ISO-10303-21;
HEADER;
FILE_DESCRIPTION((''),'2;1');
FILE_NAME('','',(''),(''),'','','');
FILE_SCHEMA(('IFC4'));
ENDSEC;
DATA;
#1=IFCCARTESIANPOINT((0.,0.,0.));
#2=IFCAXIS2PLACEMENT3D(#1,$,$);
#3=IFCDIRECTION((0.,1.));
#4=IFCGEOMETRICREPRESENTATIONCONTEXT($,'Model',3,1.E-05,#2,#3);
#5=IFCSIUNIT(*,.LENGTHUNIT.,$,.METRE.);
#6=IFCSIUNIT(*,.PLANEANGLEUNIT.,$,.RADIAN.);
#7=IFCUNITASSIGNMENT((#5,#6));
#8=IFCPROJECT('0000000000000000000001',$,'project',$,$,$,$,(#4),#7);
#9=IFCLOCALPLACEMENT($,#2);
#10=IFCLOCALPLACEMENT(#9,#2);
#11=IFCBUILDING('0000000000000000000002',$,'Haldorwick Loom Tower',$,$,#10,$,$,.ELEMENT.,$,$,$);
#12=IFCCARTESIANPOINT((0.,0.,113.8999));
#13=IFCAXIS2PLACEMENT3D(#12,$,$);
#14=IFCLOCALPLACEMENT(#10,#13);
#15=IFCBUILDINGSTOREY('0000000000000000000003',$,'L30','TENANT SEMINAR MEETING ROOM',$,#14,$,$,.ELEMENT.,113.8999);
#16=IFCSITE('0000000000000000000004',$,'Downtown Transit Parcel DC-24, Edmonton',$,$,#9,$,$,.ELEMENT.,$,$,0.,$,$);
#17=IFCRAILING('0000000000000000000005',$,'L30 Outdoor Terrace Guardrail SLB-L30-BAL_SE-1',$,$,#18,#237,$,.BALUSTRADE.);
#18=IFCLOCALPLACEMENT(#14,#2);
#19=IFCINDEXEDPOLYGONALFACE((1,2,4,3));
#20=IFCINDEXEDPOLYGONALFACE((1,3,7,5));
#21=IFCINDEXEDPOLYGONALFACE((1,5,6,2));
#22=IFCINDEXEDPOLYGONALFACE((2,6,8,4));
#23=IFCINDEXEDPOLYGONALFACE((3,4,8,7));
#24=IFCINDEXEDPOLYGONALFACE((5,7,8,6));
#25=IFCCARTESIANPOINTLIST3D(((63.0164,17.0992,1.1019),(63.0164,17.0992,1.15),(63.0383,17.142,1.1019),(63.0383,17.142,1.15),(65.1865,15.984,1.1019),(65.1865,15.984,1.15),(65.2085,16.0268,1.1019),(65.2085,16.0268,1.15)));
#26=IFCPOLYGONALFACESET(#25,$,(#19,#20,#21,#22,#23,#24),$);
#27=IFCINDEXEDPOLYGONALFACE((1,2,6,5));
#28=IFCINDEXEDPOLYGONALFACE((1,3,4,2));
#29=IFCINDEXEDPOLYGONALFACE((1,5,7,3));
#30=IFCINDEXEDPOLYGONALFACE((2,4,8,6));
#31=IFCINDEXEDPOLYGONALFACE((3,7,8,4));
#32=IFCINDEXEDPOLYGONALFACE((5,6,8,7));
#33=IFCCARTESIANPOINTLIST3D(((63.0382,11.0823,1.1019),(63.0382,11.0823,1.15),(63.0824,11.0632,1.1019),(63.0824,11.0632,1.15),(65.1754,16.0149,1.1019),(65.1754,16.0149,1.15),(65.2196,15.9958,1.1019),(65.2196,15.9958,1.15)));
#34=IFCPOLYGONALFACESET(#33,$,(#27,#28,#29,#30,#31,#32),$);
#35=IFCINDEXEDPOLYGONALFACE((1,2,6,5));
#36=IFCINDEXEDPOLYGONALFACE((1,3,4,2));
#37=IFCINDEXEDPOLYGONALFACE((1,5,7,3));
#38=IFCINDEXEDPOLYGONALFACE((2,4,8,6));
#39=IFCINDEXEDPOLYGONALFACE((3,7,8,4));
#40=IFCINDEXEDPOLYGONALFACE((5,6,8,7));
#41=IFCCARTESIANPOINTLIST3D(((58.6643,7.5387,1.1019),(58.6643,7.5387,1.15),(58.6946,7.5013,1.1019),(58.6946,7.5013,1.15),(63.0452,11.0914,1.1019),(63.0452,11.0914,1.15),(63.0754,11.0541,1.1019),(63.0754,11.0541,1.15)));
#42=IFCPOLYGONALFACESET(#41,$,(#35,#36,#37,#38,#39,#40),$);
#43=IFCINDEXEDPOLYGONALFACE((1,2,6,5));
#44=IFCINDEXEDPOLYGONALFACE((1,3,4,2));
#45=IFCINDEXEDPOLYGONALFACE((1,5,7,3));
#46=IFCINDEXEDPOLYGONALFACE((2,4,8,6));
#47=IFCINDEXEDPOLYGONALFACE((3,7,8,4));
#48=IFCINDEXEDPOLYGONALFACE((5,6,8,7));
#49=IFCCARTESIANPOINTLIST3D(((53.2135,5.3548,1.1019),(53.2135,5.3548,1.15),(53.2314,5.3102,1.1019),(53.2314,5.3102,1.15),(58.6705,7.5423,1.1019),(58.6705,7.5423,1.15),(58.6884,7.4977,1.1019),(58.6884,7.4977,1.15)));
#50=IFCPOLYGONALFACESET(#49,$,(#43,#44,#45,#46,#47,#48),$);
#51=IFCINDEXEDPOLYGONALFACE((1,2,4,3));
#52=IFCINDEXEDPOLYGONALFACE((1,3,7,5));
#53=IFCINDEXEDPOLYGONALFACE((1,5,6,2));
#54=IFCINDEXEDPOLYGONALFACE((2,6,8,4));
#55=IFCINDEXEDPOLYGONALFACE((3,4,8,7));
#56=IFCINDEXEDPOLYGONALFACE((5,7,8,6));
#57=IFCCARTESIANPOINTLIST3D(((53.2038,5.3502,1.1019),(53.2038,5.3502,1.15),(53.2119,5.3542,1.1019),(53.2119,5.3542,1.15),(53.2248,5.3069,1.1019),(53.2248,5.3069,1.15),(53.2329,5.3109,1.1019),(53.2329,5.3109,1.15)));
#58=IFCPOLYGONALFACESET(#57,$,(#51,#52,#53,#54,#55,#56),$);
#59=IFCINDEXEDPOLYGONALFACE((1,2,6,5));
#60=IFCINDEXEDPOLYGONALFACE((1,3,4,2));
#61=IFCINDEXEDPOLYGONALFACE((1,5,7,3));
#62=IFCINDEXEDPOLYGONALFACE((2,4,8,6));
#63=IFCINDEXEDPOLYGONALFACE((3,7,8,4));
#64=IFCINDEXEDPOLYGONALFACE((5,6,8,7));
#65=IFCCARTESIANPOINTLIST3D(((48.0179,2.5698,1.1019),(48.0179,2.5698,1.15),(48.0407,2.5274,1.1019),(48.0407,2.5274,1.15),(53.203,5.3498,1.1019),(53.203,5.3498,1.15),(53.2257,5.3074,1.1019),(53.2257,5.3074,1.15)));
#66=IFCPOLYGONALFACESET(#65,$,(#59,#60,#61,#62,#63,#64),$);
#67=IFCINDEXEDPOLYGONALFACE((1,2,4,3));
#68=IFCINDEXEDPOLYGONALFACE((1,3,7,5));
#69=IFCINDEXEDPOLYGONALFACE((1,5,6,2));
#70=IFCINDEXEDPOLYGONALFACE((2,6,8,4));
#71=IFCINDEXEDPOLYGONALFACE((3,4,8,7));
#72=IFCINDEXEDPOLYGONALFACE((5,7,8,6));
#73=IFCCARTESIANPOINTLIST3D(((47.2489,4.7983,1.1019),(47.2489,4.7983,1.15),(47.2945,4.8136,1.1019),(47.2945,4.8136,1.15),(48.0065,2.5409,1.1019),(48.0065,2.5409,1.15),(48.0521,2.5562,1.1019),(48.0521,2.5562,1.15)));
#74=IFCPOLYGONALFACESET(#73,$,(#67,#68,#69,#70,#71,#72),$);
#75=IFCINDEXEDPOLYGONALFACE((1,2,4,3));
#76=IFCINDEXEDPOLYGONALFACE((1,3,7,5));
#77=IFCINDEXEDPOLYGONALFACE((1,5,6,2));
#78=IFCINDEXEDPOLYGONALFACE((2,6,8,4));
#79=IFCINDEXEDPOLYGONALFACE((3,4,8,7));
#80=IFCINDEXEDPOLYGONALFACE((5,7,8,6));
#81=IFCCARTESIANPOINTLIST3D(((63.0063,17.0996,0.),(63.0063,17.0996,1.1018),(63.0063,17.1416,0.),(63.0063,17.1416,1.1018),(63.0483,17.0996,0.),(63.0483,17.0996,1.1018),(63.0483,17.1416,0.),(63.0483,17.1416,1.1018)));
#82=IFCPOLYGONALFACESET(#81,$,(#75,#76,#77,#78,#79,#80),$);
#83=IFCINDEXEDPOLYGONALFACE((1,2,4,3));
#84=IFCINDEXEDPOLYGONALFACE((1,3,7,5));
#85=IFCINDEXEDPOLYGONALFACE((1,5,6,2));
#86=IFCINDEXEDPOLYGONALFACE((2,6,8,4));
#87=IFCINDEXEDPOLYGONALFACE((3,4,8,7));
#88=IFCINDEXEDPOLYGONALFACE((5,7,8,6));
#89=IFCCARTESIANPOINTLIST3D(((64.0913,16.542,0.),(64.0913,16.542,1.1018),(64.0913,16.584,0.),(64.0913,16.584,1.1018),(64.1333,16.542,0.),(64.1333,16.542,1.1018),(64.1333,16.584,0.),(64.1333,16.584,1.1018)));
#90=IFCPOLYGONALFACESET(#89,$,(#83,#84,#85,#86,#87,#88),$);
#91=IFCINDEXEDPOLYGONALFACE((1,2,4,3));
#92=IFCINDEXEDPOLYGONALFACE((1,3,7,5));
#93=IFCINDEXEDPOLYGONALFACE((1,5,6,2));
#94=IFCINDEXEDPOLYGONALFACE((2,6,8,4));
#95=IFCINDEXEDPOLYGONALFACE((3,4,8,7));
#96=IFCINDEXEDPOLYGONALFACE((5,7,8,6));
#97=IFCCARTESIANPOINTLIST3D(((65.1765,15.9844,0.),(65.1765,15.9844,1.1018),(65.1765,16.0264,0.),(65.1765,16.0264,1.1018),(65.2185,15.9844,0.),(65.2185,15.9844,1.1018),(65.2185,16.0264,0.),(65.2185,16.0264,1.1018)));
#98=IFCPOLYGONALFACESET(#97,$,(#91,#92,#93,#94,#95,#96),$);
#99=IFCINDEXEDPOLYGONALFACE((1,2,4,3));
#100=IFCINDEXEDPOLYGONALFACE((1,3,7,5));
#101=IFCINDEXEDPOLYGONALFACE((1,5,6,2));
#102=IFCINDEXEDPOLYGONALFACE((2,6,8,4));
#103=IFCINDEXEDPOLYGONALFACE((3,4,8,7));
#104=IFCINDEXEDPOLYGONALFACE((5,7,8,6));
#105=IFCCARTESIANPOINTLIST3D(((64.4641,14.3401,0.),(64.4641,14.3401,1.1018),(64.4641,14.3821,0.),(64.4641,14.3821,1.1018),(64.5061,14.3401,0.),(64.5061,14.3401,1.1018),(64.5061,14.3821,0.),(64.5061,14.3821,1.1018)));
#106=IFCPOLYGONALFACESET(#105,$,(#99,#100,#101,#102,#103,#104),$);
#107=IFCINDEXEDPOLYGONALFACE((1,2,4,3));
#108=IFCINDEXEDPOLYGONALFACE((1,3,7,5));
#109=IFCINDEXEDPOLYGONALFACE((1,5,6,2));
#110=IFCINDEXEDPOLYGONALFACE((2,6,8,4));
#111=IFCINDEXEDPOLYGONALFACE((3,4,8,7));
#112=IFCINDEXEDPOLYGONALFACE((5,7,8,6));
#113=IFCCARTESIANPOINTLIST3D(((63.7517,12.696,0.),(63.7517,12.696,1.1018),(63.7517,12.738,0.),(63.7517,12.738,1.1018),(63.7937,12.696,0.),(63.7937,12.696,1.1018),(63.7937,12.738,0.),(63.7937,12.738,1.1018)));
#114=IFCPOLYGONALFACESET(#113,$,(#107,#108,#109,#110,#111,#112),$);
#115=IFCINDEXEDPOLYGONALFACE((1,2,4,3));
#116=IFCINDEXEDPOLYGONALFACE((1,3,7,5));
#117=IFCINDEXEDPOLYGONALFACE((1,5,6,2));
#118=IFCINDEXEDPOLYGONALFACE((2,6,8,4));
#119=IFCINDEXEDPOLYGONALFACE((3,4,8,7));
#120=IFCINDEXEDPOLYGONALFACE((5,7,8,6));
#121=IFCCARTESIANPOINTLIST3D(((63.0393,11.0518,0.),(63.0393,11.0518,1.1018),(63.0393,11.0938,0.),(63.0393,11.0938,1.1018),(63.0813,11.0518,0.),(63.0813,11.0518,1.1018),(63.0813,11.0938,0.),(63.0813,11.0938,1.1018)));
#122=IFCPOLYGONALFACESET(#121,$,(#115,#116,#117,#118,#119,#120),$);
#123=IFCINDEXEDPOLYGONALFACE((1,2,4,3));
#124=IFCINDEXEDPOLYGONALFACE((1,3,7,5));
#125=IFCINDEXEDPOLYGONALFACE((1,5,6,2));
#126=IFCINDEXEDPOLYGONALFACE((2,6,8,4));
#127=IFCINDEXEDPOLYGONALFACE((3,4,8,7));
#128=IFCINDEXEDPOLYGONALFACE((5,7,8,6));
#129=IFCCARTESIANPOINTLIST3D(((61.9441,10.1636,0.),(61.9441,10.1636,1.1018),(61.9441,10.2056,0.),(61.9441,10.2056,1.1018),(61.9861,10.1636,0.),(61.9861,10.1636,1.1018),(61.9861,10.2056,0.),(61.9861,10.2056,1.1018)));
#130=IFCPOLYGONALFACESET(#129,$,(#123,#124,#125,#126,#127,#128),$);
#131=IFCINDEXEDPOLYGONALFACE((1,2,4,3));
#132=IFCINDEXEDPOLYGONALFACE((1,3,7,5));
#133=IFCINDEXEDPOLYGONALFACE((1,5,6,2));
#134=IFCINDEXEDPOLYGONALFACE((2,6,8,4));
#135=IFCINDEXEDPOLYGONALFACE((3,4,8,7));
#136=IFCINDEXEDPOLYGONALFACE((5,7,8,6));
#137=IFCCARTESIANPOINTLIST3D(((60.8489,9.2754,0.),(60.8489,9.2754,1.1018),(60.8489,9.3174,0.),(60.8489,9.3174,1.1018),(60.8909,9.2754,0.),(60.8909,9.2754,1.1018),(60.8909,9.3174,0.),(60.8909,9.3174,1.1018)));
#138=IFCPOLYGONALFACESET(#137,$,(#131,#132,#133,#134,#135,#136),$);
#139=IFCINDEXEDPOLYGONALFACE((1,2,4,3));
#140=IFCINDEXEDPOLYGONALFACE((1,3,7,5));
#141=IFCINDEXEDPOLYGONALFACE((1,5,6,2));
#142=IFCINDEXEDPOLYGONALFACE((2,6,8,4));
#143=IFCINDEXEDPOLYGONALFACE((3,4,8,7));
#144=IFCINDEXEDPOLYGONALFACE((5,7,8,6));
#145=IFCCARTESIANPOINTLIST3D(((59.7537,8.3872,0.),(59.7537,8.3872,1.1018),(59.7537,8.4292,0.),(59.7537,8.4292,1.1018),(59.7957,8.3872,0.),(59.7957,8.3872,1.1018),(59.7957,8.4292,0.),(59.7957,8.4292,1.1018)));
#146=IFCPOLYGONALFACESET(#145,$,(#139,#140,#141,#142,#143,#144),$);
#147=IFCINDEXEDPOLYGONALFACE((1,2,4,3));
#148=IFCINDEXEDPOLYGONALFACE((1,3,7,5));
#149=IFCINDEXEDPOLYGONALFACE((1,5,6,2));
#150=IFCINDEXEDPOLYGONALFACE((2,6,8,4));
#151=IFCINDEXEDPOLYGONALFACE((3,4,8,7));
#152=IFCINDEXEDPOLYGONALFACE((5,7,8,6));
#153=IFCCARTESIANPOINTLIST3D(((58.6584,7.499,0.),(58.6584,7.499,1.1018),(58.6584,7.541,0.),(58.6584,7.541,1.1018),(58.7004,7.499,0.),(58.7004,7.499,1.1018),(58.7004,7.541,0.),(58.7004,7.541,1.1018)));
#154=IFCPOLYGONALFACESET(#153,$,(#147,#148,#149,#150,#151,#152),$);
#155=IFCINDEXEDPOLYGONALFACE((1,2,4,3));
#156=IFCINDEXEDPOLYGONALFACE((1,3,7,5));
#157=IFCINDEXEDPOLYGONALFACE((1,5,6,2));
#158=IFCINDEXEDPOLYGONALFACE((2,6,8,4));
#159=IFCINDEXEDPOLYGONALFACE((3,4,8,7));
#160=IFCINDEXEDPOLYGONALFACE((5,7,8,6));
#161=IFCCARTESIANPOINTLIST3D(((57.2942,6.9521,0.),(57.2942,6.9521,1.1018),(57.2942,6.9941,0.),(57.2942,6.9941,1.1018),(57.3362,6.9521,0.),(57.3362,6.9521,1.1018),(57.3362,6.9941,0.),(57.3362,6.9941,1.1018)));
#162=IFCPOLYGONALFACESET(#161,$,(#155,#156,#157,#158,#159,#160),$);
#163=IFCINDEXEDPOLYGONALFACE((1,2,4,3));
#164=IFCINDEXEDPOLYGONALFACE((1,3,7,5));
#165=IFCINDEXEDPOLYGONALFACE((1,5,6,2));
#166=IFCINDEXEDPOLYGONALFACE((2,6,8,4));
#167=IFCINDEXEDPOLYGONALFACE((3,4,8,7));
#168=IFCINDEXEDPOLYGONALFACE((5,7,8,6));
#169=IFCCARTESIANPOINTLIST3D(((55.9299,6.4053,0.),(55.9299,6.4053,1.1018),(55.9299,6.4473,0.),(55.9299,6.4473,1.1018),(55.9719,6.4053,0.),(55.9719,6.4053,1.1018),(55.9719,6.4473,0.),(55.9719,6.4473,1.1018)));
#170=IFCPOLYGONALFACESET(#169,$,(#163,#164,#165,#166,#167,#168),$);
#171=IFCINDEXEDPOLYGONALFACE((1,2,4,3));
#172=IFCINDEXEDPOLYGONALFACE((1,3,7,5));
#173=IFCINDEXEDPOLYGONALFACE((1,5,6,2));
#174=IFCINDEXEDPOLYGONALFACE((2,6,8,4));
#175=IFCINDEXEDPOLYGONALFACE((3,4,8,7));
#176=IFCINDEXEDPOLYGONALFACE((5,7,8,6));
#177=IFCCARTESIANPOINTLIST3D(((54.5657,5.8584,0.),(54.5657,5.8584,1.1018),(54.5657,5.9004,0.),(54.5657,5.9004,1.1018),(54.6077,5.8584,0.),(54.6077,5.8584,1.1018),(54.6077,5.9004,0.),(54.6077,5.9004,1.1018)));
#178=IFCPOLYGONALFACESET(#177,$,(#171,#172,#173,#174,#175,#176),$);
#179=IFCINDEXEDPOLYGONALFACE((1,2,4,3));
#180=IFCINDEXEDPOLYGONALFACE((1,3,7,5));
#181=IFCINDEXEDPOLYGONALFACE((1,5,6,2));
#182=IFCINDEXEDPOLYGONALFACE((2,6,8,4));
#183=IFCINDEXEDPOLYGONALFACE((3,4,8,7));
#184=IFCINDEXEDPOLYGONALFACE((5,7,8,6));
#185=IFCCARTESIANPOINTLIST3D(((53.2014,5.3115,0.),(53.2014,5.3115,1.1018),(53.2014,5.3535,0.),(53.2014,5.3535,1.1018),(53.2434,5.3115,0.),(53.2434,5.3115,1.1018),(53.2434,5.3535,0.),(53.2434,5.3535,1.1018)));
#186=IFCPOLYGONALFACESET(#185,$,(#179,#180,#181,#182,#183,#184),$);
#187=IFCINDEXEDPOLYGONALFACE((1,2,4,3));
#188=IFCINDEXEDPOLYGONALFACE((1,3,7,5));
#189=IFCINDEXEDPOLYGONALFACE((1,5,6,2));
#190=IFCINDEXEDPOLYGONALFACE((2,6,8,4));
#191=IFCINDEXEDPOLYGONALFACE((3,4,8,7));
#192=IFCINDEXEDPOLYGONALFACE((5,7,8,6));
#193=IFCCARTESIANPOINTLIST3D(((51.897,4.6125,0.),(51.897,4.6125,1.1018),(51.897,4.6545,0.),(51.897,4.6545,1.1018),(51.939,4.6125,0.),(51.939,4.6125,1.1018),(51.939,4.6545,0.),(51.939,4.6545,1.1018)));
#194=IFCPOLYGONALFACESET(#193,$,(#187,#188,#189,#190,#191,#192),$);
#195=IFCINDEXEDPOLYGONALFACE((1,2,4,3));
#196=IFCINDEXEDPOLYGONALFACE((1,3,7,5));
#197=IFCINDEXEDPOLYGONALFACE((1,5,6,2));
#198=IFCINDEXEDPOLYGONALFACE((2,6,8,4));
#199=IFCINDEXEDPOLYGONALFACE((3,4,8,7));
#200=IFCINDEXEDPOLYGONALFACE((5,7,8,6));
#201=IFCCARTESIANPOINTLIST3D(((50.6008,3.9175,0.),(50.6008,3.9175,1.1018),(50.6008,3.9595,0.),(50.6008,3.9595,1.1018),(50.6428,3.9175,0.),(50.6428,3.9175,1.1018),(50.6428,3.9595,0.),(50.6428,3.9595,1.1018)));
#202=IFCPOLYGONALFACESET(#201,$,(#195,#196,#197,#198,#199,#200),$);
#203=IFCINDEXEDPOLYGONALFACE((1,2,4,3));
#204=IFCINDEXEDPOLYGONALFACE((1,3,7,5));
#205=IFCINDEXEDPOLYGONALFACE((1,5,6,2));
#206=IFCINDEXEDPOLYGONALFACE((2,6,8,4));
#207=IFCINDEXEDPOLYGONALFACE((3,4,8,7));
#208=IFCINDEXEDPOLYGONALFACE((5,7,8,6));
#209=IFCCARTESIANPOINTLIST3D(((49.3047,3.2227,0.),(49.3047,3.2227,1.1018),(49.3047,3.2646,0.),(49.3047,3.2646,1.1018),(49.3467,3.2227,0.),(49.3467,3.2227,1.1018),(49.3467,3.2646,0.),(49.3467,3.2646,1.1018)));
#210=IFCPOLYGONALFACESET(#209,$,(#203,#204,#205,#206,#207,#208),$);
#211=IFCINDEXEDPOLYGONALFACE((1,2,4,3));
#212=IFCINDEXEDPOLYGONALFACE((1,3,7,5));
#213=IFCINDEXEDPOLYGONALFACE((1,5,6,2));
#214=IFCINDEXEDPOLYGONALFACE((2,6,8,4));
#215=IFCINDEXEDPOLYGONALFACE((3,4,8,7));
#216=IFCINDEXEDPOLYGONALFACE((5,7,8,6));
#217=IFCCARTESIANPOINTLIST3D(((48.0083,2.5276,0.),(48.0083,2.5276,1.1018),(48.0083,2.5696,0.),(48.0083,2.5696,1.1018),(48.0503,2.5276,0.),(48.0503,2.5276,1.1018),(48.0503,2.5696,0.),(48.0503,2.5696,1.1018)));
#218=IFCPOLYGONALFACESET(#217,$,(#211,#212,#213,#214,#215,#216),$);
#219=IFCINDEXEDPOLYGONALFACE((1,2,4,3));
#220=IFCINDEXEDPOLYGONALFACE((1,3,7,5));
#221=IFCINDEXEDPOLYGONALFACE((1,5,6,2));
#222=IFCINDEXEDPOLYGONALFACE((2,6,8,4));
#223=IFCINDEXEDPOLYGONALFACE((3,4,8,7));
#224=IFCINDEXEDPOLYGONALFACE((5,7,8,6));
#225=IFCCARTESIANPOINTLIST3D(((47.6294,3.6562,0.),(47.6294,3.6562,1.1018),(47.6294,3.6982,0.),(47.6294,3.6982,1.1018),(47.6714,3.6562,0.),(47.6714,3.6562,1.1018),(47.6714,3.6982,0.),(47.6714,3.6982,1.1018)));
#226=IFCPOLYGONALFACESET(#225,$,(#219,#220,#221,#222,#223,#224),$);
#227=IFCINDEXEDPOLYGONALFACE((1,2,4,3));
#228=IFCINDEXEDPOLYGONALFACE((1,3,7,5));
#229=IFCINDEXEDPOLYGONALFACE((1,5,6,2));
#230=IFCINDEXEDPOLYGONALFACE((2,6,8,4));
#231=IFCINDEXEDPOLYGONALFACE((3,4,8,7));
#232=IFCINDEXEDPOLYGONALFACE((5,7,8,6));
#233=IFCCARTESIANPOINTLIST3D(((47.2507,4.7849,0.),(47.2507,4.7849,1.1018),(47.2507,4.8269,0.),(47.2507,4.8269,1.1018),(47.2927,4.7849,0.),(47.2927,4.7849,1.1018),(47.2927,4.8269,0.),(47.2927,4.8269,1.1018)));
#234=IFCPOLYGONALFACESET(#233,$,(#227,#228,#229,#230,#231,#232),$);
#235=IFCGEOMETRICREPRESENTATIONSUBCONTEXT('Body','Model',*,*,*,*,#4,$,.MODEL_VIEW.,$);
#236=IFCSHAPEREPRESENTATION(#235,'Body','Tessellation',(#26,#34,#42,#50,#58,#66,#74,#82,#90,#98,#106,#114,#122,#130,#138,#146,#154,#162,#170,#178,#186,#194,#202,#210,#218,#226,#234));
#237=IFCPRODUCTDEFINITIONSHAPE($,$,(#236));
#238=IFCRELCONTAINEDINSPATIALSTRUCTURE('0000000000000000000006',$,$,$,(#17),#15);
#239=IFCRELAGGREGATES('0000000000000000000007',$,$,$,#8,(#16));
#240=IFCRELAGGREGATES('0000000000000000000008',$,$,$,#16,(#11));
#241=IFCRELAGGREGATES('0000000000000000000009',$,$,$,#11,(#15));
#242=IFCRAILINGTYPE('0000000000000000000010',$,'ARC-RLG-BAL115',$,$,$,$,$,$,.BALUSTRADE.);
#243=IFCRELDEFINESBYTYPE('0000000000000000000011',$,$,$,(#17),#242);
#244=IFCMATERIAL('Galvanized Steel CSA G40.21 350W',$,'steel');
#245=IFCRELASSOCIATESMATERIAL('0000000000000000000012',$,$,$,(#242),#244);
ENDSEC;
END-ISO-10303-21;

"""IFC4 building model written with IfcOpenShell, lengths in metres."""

from ifc_helpers import new_model, si_unit, direction, frame, origin, origin_2d, place, context, subcontext, project, spatial, rectangle, extrude, material, type_object, element, save


model = new_model("IFC4")

# Units and contexts
model_context = context("Model", 3, precision=1e-05, world=origin(), true_north=direction((0.0, 1.0)))
body_context = subcontext(model_context, "Body", "Model", "MODEL_VIEW")
ifc_project = project(units=[si_unit("LENGTHUNIT", "METRE"), si_unit("PLANEANGLEUNIT", "RADIAN")], contexts=[model_context])

# Site, building, storey
site_placement = place(None, origin())
site = spatial("IfcSite", under=ifc_project, at=site_placement, Name="Downtown Transit Parcel DC-24, Edmonton", CompositionType="ELEMENT", RefElevation=0.0)
building_placement = place(site_placement, origin())
building = spatial("IfcBuilding", under=site, at=building_placement, Name="Haldorwick Loom Tower", CompositionType="ELEMENT")
storey_placement = place(building_placement, frame((0.0, 0.0, 113.8999)))
storey = spatial("IfcBuildingStorey", under=building, at=storey_placement, Name="L30", Description="TENANT SEMINAR MEETING ROOM", CompositionType="ELEMENT", Elevation=113.8999)

# Railing
ifc_material_1 = material(Name="Galvanized Steel CSA G40.21 350W", Category="steel")
railing_type = type_object("IfcRailingType", Name="ARC-RLG-BAL115", PredefinedType="BALUSTRADE", material=ifc_material_1)
railing_placement = place(storey_placement, frame((63.0273, 17.1206, 0.0)))
element("IfcRailing", 1, at=railing_placement, inside=storey, type_object=railing_type, Name="L30 Outdoor Terrace Guardrail SLB-L30-BAL_SE-1", PredefinedType="BALUSTRADE", context=body_context, shape_type="SweptSolid", body=[
    extrude(rectangle(XDim=0.0481, YDim=0.0481, at=origin_2d()), frame((0.0, 0.0, 1.126), z_axis=(0.88943, -0.457072, 0.0), x_axis=(0.457072, 0.88943, 0.0)), (0.0, 0.0, 1.0), 2.4399),
    extrude(rectangle(XDim=0.0481, YDim=0.0481, at=origin_2d()), frame((2.1702, -1.1152, 1.126), z_axis=(-0.397567, -0.917573, 0.0), x_axis=(0.917573, -0.397567, 0.0)), (0.0, 0.0, 1.0), 5.3757),
    extrude(rectangle(XDim=0.0481, YDim=0.0481, at=origin_2d()), frame((0.033, -6.0479, 1.126), z_axis=(-0.776696, -0.629875, 0.0), x_axis=(0.629875, -0.776696, 0.0)), (0.0, 0.0, 1.0), 5.6404),
    extrude(rectangle(XDim=0.0481, YDim=0.0481, at=origin_2d()), frame((-4.3479, -9.6006, 1.126), z_axis=(-0.928202, -0.372078, 0.0), x_axis=(0.372078, -0.928202, 0.0)), (0.0, 0.0, 1.0), 5.8792),
    extrude(rectangle(XDim=0.0481, YDim=0.0481, at=origin_2d()), frame((-9.8049, -11.7881, 1.126), z_axis=(-0.899814, -0.436274, 0.0), x_axis=(0.436274, -0.899814, 0.0)), (0.0, 0.0, 1.0), 0.009),
    extrude(rectangle(XDim=0.0481, YDim=0.0481, at=origin_2d()), frame((-9.813, -11.792, 1.126), z_axis=(-0.881316, -0.472528, 0.0), x_axis=(0.472528, -0.881316, 0.0)), (0.0, 0.0, 1.0), 5.8833),
    extrude(rectangle(XDim=0.0481, YDim=0.0481, at=origin_2d()), frame((-14.998, -14.572, 1.126), z_axis=(-0.318165, 0.948035, 0.0), x_axis=(-0.948035, -0.318165, 0.0)), (0.0, 0.0, 1.0), 2.3811),
    extrude(rectangle(XDim=0.042, YDim=0.042, at=origin_2d()), origin(), (0.0, 0.0, 1.0), 1.1018),
    extrude(rectangle(XDim=0.042, YDim=0.042, at=origin_2d()), frame((1.085, -0.5576, 0.0)), (0.0, 0.0, 1.0), 1.1018),
    extrude(rectangle(XDim=0.042, YDim=0.042, at=origin_2d()), frame((2.1702, -1.1152, 0.0)), (0.0, 0.0, 1.0), 1.1018),
    extrude(rectangle(XDim=0.042, YDim=0.042, at=origin_2d()), frame((1.4578, -2.7595, 0.0)), (0.0, 0.0, 1.0), 1.1018),
    extrude(rectangle(XDim=0.042, YDim=0.042, at=origin_2d()), frame((0.7454, -4.4036, 0.0)), (0.0, 0.0, 1.0), 1.1018),
    extrude(rectangle(XDim=0.042, YDim=0.042, at=origin_2d()), frame((0.033, -6.0479, 0.0)), (0.0, 0.0, 1.0), 1.1018),
    extrude(rectangle(XDim=0.042, YDim=0.042, at=origin_2d()), frame((-1.0623, -6.936, 0.0)), (0.0, 0.0, 1.0), 1.1018),
    extrude(rectangle(XDim=0.042, YDim=0.042, at=origin_2d()), frame((-2.1575, -7.8242, 0.0)), (0.0, 0.0, 1.0), 1.1018),
    extrude(rectangle(XDim=0.042, YDim=0.042, at=origin_2d()), frame((-3.2527, -8.7124, 0.0)), (0.0, 0.0, 1.0), 1.1018),
    extrude(rectangle(XDim=0.042, YDim=0.042, at=origin_2d()), frame((-4.3479, -9.6006, 0.0)), (0.0, 0.0, 1.0), 1.1018),
    extrude(rectangle(XDim=0.042, YDim=0.042, at=origin_2d()), frame((-5.7122, -10.1475, 0.0)), (0.0, 0.0, 1.0), 1.1018),
    extrude(rectangle(XDim=0.042, YDim=0.042, at=origin_2d()), frame((-7.0764, -10.6943, 0.0)), (0.0, 0.0, 1.0), 1.1018),
    extrude(rectangle(XDim=0.042, YDim=0.042, at=origin_2d()), frame((-8.4407, -11.2412, 0.0)), (0.0, 0.0, 1.0), 1.1018),
    extrude(rectangle(XDim=0.042, YDim=0.042, at=origin_2d()), frame((-9.8049, -11.7881, 0.0)), (0.0, 0.0, 1.0), 1.1018),
    extrude(rectangle(XDim=0.042, YDim=0.042, at=origin_2d()), frame((-11.1094, -12.4871, 0.0)), (0.0, 0.0, 1.0), 1.1018),
    extrude(rectangle(XDim=0.042, YDim=0.042, at=origin_2d()), frame((-12.4055, -13.1821, 0.0)), (0.0, 0.0, 1.0), 1.1018),
    extrude(rectangle(XDim=0.042, YDim=0.042, at=origin_2d()), frame((-13.7017, -13.877, 0.0)), (0.0, 0.0, 1.0), 1.1018),
    extrude(rectangle(XDim=0.042, YDim=0.042, at=origin_2d()), frame((-14.998, -14.572, 0.0)), (0.0, 0.0, 1.0), 1.1018),
    extrude(rectangle(XDim=0.042, YDim=0.042, at=origin_2d()), frame((-15.377, -13.4434, 0.0)), (0.0, 0.0, 1.0), 1.1018),
    extrude(rectangle(XDim=0.042, YDim=0.042, at=origin_2d()), frame((-15.7556, -12.3147, 0.0)), (0.0, 0.0, 1.0), 1.1018),
])

save(model, "model.ifc")
